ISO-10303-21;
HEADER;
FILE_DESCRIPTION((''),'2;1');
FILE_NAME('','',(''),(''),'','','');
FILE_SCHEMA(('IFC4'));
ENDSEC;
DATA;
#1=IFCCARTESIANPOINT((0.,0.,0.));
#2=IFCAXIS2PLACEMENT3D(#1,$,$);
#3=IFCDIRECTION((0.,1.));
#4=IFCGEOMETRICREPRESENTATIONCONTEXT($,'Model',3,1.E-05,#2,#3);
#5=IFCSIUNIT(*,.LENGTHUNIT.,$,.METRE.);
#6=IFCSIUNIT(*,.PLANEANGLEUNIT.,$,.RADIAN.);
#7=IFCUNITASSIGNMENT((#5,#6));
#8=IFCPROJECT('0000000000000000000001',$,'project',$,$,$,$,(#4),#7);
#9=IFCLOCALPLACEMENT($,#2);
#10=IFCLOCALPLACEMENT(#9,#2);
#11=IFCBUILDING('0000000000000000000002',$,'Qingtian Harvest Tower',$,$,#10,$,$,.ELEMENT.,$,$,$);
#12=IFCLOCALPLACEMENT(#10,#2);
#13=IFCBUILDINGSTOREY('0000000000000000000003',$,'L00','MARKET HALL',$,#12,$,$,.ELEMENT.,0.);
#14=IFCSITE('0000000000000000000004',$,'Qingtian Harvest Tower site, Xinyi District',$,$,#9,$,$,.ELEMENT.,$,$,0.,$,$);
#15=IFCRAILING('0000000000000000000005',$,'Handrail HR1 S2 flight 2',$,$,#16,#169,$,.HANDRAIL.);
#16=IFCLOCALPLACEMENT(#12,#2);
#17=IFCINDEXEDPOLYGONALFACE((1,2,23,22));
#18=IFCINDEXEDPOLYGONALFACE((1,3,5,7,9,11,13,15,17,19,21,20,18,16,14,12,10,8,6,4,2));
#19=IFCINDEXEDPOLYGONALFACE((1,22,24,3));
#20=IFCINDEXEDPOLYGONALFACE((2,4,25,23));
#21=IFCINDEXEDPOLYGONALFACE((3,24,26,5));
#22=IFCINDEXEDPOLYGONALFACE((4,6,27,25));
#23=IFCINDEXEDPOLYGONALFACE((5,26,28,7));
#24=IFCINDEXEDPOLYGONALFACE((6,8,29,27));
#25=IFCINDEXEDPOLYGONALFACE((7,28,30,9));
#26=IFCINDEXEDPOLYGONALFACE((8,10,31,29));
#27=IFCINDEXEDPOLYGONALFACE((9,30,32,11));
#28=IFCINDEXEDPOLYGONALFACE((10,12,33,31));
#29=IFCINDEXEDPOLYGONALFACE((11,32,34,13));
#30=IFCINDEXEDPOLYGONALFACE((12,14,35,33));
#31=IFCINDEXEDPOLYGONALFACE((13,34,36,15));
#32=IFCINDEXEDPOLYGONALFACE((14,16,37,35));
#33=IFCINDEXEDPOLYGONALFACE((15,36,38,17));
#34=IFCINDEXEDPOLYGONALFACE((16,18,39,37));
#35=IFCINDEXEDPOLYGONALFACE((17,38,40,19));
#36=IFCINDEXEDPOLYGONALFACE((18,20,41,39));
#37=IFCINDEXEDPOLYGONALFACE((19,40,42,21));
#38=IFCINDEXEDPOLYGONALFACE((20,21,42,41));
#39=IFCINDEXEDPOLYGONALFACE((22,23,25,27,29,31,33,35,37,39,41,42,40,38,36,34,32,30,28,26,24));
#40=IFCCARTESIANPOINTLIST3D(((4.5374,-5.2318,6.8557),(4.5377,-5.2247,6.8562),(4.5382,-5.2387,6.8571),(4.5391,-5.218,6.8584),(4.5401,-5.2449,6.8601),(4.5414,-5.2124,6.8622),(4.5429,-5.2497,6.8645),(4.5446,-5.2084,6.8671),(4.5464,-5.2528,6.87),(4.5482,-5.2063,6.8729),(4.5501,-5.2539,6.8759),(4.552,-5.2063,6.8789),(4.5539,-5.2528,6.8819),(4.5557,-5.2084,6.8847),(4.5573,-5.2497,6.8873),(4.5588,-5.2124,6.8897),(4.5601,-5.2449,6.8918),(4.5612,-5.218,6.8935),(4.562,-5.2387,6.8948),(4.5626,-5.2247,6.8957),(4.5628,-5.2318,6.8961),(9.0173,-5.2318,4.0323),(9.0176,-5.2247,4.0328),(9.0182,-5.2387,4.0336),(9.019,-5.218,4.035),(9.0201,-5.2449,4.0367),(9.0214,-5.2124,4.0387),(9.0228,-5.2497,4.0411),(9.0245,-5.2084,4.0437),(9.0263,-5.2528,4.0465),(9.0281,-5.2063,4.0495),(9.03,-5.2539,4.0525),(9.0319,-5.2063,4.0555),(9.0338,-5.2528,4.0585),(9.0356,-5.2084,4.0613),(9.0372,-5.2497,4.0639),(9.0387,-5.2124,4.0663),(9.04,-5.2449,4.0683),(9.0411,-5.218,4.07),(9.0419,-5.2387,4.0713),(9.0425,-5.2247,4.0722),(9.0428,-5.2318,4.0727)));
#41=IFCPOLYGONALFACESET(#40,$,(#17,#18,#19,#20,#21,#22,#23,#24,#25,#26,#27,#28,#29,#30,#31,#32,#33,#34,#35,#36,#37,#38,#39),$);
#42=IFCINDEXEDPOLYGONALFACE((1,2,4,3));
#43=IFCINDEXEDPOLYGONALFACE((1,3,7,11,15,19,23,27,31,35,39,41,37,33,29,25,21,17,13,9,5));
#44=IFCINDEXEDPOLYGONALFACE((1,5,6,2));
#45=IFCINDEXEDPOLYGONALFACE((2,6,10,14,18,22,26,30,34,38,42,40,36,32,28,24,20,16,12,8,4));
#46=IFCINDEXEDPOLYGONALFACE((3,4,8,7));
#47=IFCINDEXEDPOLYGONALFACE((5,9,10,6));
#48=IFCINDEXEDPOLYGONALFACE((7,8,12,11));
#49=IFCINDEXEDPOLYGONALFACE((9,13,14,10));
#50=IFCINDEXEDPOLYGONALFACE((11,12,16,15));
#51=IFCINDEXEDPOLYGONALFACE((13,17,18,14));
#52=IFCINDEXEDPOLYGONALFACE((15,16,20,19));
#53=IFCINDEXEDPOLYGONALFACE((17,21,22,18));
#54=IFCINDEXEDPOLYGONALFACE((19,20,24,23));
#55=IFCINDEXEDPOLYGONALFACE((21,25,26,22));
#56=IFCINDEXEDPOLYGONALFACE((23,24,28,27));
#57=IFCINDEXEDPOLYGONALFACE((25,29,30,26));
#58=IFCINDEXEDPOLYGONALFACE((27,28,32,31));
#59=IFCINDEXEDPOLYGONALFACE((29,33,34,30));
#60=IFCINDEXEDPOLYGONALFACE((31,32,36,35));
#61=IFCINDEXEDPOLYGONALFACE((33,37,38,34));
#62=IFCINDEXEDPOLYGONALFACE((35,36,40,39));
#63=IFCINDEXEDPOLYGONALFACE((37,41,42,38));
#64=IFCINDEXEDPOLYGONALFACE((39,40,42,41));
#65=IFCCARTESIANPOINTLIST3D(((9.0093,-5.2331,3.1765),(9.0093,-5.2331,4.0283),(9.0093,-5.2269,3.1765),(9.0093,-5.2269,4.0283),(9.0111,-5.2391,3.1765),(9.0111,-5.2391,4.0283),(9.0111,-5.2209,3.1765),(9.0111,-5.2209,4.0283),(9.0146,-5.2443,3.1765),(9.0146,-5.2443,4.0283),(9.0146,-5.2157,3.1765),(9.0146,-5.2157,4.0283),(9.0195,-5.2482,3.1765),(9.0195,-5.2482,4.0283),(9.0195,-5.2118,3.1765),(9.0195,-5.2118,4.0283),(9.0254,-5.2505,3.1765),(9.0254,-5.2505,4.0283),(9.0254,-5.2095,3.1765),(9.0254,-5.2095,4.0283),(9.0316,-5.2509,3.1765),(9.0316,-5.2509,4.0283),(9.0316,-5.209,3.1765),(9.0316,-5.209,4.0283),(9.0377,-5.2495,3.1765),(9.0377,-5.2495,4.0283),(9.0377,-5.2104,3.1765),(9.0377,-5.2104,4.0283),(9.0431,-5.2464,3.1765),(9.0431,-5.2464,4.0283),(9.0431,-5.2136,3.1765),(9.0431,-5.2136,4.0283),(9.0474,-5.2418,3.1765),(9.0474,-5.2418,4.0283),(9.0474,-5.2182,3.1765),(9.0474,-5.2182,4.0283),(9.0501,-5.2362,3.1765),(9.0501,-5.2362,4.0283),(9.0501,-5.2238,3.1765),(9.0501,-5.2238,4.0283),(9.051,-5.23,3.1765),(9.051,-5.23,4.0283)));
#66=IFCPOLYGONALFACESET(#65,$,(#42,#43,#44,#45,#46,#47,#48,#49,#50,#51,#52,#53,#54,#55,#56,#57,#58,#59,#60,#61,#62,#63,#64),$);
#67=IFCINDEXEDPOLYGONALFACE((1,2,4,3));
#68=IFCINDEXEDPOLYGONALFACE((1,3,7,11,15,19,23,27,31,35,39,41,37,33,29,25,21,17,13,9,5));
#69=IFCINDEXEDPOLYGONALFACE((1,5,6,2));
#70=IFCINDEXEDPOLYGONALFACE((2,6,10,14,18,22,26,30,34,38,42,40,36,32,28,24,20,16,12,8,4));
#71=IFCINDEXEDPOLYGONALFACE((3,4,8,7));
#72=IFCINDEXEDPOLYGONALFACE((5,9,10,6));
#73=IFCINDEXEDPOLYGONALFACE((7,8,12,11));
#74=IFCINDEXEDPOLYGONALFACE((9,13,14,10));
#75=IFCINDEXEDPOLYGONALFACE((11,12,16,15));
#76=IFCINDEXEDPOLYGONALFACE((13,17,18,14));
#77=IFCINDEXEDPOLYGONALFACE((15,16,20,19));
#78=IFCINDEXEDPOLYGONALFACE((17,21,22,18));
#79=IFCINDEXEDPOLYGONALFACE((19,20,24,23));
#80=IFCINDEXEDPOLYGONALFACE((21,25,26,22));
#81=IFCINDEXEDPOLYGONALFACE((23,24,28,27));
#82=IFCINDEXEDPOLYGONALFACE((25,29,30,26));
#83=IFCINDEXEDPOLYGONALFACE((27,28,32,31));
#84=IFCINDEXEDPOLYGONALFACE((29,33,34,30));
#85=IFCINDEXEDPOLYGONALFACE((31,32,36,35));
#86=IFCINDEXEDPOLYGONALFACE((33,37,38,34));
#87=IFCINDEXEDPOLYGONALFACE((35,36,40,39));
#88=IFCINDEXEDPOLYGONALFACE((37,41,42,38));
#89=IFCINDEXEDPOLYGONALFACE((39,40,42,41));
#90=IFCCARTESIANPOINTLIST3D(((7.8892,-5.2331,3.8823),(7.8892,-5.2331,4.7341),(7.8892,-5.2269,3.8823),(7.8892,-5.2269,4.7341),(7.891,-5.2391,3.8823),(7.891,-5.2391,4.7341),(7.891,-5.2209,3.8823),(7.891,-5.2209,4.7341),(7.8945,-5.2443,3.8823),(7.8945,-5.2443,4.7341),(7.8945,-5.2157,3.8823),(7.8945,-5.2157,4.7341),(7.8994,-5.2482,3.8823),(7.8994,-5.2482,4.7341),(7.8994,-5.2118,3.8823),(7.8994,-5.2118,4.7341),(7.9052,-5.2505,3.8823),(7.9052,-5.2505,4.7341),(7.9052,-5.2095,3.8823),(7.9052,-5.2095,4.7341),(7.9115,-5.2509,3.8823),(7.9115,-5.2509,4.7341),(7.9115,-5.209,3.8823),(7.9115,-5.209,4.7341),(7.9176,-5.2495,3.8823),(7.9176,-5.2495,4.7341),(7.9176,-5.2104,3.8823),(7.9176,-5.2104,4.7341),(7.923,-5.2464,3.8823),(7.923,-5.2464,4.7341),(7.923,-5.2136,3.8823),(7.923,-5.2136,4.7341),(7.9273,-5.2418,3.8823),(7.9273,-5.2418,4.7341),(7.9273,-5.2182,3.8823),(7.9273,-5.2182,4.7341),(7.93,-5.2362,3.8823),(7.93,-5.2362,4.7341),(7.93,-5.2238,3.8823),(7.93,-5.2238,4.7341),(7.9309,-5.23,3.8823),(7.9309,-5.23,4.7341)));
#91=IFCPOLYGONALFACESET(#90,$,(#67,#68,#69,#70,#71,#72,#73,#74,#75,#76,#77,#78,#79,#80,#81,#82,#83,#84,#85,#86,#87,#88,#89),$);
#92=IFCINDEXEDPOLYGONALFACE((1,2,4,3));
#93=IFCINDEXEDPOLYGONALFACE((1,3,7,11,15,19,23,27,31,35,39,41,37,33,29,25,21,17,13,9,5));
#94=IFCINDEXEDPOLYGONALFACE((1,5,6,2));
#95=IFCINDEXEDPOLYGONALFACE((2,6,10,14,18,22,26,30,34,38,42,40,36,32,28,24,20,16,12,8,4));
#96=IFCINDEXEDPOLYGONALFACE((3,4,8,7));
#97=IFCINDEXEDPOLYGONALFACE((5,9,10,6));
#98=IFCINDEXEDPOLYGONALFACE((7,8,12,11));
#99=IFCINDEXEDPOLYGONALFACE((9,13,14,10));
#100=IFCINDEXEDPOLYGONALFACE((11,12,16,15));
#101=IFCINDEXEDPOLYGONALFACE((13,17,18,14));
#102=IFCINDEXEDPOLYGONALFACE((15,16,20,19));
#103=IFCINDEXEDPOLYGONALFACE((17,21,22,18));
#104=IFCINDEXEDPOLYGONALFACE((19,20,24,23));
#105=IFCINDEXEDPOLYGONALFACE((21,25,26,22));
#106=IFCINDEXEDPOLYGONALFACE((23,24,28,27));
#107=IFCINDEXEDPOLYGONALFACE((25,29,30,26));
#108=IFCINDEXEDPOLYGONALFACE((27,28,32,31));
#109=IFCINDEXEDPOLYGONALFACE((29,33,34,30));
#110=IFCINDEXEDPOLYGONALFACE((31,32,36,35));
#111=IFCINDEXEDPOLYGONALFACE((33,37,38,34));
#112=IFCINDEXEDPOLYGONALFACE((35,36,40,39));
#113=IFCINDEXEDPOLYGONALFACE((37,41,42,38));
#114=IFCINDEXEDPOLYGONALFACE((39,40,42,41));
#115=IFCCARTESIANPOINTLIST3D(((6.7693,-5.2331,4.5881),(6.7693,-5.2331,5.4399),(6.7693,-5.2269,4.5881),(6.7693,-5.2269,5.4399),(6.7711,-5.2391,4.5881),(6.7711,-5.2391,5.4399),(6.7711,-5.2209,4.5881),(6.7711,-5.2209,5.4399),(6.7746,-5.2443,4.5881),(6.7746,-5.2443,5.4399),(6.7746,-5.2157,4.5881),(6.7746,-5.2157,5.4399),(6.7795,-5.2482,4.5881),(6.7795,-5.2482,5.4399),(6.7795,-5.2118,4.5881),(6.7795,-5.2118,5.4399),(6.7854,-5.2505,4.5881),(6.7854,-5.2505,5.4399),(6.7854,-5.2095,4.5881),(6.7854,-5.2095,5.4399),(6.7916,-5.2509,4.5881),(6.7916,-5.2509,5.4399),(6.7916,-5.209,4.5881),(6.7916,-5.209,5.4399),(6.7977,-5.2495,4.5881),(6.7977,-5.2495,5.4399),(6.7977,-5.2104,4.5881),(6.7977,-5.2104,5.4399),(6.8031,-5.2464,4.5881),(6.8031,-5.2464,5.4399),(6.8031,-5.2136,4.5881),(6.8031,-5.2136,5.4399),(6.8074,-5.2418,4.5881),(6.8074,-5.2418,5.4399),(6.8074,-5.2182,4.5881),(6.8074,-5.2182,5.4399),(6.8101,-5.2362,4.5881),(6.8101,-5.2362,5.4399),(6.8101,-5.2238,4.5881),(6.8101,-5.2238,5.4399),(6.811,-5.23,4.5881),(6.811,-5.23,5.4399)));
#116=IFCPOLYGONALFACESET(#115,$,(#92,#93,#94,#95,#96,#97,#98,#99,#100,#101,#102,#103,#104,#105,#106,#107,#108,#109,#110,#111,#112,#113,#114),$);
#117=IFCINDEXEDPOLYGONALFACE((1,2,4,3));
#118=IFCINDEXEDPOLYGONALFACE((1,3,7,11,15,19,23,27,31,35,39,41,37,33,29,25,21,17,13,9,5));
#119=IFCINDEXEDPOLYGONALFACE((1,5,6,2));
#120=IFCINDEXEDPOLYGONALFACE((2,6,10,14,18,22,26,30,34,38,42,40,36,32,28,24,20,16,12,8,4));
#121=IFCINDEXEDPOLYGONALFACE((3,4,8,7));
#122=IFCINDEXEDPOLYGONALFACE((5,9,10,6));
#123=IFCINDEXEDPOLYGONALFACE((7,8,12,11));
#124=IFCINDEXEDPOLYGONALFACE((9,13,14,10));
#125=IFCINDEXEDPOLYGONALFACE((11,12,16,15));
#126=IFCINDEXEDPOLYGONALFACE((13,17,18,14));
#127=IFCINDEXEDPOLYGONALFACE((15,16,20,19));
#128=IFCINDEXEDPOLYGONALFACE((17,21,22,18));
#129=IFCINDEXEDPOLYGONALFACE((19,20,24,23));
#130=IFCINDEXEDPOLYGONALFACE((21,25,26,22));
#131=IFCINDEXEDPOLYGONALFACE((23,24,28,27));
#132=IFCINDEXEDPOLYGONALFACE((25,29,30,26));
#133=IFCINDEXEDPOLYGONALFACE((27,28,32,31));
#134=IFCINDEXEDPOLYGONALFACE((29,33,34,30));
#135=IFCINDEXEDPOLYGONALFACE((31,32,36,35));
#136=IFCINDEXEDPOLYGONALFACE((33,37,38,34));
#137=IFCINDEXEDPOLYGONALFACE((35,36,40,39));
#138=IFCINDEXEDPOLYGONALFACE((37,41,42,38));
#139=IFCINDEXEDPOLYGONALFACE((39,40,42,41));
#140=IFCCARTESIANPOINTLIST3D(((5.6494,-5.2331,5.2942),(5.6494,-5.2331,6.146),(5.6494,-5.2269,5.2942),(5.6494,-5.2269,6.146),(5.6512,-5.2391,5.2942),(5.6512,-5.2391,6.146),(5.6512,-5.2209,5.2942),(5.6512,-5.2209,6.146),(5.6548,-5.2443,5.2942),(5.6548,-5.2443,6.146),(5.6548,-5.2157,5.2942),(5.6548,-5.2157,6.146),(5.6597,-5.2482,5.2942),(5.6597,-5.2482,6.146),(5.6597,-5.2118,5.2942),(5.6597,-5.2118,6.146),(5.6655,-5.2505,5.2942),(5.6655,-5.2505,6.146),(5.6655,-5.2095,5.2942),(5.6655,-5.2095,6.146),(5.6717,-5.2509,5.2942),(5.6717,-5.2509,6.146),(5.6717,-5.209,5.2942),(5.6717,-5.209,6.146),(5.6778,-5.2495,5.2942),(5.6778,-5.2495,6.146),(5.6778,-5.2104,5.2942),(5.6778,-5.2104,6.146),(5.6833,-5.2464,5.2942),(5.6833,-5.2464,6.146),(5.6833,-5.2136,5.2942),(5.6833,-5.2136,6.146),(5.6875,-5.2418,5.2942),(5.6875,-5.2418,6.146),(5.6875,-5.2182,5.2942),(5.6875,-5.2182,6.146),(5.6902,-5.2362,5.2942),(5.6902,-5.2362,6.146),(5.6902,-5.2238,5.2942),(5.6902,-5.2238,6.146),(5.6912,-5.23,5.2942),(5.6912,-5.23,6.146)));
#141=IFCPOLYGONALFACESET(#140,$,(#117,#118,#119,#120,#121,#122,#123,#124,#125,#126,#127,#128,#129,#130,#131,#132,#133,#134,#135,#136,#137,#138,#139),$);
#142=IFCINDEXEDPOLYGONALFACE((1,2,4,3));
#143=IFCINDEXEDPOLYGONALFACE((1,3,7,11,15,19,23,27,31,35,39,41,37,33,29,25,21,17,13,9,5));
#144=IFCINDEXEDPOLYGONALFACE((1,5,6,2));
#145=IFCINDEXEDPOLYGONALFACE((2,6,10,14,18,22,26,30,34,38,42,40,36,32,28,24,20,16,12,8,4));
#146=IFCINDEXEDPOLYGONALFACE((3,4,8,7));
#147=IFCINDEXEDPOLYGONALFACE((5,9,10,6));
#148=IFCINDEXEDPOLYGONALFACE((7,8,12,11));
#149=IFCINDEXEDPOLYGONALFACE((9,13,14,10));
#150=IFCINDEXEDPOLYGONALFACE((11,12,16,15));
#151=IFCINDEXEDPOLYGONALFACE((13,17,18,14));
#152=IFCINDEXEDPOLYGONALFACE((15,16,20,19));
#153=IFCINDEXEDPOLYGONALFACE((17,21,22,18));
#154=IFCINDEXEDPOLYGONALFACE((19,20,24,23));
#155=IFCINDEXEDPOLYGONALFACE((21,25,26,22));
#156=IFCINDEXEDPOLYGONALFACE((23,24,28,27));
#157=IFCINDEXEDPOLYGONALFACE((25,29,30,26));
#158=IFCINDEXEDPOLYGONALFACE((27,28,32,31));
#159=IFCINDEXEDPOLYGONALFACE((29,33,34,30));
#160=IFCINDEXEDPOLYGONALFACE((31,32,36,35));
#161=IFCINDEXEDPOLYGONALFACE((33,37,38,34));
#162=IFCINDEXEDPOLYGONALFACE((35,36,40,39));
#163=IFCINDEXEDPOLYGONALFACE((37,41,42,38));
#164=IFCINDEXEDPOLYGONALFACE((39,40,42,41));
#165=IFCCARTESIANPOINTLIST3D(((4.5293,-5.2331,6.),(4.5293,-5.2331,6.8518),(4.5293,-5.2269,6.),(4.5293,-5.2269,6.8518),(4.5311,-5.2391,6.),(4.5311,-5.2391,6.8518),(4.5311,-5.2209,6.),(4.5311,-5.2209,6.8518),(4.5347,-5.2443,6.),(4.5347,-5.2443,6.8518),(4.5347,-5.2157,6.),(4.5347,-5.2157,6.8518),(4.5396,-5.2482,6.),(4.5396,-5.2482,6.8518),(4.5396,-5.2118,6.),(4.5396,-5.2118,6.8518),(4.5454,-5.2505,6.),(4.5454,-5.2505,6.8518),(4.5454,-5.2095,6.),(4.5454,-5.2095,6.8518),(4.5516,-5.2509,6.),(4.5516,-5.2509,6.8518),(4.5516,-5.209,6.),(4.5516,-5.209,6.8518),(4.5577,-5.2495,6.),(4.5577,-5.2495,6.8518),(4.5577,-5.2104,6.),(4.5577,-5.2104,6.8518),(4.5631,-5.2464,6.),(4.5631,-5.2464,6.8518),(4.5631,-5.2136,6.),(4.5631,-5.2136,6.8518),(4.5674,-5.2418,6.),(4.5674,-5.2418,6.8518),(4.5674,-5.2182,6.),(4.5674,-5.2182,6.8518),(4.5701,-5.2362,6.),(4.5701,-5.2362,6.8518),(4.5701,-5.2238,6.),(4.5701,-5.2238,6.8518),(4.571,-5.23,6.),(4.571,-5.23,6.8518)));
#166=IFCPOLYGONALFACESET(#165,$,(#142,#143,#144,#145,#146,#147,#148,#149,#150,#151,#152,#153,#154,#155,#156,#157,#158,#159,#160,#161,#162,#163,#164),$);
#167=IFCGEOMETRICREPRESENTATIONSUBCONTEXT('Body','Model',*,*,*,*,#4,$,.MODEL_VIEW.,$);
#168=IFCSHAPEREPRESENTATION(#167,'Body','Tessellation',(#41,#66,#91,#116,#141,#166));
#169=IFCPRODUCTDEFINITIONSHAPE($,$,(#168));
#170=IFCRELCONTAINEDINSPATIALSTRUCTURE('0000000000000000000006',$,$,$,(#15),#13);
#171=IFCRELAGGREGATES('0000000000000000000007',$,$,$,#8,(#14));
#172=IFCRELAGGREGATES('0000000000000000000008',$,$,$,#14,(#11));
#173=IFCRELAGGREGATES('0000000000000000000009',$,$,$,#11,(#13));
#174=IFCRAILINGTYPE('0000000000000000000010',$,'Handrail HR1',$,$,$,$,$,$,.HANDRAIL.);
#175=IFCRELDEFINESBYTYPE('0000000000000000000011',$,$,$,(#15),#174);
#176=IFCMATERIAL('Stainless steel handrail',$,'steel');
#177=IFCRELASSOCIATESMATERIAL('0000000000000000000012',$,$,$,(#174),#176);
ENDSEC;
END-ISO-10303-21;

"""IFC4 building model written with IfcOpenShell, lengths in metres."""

from ifc_helpers import new_model, si_unit, direction, frame, origin, origin_2d, place, context, subcontext, project, spatial, circle, extrude, material, type_object, element, save


model = new_model("IFC4")

# Units and contexts
model_context = context("Model", 3, precision=1e-05, world=origin(), true_north=direction((0.0, 1.0)))
body_context = subcontext(model_context, "Body", "Model", "MODEL_VIEW")
ifc_project = project(units=[si_unit("LENGTHUNIT", "METRE"), si_unit("PLANEANGLEUNIT", "RADIAN")], contexts=[model_context])

# Site, building, storey
site_placement = place(None, origin())
site = spatial("IfcSite", under=ifc_project, at=site_placement, Name="Qingtian Harvest Tower site, Xinyi District", CompositionType="ELEMENT", RefElevation=0.0)
building_placement = place(site_placement, origin())
building = spatial("IfcBuilding", under=site, at=building_placement, Name="Qingtian Harvest Tower", CompositionType="ELEMENT")
storey_placement = place(building_placement, origin())
storey = spatial("IfcBuildingStorey", under=building, at=storey_placement, Name="L00", Description="MARKET HALL", CompositionType="ELEMENT", Elevation=0.0)

# Railing
ifc_material_1 = material(Name="Stainless steel handrail", Category="steel")
railing_type = type_object("IfcRailingType", Name="Handrail HR1", PredefinedType="HANDRAIL", material=ifc_material_1)
railing_1_placement = place(storey_placement, frame((9.03, -5.23, 3.1765)))
element("IfcRailing", 1, at=railing_1_placement, inside=storey, type_object=railing_type, Name="Handrail HR1 S2 flight 2", PredefinedType="HANDRAIL", context=body_context, shape_type="SweptSolid", body=[
    extrude(circle(Radius=0.0239, at=origin_2d()), frame((0.0, 0.0, 0.876), z_axis=(-0.845998, 0.0, 0.533186), x_axis=(0.0, -1.0, 0.0)), (0.0, 0.0, 1.0), 5.2954),
    extrude(circle(Radius=0.021, at=origin_2d()), origin(), (0.0, 0.0, 1.0), 0.8518),
    extrude(circle(Radius=0.021, at=origin_2d()), frame((-1.1201, 0.0, 0.7058)), (0.0, 0.0, 1.0), 0.8518),
    extrude(circle(Radius=0.021, at=origin_2d()), frame((-2.24, 0.0, 1.4116)), (0.0, 0.0, 1.0), 0.8518),
    extrude(circle(Radius=0.021, at=origin_2d()), frame((-3.3599, 0.0, 2.1177)), (0.0, 0.0, 1.0), 0.8518),
    extrude(circle(Radius=0.021, at=origin_2d()), frame((-4.48, 0.0, 2.8235)), (0.0, 0.0, 1.0), 0.8518),
])

save(model, "model.ifc")
